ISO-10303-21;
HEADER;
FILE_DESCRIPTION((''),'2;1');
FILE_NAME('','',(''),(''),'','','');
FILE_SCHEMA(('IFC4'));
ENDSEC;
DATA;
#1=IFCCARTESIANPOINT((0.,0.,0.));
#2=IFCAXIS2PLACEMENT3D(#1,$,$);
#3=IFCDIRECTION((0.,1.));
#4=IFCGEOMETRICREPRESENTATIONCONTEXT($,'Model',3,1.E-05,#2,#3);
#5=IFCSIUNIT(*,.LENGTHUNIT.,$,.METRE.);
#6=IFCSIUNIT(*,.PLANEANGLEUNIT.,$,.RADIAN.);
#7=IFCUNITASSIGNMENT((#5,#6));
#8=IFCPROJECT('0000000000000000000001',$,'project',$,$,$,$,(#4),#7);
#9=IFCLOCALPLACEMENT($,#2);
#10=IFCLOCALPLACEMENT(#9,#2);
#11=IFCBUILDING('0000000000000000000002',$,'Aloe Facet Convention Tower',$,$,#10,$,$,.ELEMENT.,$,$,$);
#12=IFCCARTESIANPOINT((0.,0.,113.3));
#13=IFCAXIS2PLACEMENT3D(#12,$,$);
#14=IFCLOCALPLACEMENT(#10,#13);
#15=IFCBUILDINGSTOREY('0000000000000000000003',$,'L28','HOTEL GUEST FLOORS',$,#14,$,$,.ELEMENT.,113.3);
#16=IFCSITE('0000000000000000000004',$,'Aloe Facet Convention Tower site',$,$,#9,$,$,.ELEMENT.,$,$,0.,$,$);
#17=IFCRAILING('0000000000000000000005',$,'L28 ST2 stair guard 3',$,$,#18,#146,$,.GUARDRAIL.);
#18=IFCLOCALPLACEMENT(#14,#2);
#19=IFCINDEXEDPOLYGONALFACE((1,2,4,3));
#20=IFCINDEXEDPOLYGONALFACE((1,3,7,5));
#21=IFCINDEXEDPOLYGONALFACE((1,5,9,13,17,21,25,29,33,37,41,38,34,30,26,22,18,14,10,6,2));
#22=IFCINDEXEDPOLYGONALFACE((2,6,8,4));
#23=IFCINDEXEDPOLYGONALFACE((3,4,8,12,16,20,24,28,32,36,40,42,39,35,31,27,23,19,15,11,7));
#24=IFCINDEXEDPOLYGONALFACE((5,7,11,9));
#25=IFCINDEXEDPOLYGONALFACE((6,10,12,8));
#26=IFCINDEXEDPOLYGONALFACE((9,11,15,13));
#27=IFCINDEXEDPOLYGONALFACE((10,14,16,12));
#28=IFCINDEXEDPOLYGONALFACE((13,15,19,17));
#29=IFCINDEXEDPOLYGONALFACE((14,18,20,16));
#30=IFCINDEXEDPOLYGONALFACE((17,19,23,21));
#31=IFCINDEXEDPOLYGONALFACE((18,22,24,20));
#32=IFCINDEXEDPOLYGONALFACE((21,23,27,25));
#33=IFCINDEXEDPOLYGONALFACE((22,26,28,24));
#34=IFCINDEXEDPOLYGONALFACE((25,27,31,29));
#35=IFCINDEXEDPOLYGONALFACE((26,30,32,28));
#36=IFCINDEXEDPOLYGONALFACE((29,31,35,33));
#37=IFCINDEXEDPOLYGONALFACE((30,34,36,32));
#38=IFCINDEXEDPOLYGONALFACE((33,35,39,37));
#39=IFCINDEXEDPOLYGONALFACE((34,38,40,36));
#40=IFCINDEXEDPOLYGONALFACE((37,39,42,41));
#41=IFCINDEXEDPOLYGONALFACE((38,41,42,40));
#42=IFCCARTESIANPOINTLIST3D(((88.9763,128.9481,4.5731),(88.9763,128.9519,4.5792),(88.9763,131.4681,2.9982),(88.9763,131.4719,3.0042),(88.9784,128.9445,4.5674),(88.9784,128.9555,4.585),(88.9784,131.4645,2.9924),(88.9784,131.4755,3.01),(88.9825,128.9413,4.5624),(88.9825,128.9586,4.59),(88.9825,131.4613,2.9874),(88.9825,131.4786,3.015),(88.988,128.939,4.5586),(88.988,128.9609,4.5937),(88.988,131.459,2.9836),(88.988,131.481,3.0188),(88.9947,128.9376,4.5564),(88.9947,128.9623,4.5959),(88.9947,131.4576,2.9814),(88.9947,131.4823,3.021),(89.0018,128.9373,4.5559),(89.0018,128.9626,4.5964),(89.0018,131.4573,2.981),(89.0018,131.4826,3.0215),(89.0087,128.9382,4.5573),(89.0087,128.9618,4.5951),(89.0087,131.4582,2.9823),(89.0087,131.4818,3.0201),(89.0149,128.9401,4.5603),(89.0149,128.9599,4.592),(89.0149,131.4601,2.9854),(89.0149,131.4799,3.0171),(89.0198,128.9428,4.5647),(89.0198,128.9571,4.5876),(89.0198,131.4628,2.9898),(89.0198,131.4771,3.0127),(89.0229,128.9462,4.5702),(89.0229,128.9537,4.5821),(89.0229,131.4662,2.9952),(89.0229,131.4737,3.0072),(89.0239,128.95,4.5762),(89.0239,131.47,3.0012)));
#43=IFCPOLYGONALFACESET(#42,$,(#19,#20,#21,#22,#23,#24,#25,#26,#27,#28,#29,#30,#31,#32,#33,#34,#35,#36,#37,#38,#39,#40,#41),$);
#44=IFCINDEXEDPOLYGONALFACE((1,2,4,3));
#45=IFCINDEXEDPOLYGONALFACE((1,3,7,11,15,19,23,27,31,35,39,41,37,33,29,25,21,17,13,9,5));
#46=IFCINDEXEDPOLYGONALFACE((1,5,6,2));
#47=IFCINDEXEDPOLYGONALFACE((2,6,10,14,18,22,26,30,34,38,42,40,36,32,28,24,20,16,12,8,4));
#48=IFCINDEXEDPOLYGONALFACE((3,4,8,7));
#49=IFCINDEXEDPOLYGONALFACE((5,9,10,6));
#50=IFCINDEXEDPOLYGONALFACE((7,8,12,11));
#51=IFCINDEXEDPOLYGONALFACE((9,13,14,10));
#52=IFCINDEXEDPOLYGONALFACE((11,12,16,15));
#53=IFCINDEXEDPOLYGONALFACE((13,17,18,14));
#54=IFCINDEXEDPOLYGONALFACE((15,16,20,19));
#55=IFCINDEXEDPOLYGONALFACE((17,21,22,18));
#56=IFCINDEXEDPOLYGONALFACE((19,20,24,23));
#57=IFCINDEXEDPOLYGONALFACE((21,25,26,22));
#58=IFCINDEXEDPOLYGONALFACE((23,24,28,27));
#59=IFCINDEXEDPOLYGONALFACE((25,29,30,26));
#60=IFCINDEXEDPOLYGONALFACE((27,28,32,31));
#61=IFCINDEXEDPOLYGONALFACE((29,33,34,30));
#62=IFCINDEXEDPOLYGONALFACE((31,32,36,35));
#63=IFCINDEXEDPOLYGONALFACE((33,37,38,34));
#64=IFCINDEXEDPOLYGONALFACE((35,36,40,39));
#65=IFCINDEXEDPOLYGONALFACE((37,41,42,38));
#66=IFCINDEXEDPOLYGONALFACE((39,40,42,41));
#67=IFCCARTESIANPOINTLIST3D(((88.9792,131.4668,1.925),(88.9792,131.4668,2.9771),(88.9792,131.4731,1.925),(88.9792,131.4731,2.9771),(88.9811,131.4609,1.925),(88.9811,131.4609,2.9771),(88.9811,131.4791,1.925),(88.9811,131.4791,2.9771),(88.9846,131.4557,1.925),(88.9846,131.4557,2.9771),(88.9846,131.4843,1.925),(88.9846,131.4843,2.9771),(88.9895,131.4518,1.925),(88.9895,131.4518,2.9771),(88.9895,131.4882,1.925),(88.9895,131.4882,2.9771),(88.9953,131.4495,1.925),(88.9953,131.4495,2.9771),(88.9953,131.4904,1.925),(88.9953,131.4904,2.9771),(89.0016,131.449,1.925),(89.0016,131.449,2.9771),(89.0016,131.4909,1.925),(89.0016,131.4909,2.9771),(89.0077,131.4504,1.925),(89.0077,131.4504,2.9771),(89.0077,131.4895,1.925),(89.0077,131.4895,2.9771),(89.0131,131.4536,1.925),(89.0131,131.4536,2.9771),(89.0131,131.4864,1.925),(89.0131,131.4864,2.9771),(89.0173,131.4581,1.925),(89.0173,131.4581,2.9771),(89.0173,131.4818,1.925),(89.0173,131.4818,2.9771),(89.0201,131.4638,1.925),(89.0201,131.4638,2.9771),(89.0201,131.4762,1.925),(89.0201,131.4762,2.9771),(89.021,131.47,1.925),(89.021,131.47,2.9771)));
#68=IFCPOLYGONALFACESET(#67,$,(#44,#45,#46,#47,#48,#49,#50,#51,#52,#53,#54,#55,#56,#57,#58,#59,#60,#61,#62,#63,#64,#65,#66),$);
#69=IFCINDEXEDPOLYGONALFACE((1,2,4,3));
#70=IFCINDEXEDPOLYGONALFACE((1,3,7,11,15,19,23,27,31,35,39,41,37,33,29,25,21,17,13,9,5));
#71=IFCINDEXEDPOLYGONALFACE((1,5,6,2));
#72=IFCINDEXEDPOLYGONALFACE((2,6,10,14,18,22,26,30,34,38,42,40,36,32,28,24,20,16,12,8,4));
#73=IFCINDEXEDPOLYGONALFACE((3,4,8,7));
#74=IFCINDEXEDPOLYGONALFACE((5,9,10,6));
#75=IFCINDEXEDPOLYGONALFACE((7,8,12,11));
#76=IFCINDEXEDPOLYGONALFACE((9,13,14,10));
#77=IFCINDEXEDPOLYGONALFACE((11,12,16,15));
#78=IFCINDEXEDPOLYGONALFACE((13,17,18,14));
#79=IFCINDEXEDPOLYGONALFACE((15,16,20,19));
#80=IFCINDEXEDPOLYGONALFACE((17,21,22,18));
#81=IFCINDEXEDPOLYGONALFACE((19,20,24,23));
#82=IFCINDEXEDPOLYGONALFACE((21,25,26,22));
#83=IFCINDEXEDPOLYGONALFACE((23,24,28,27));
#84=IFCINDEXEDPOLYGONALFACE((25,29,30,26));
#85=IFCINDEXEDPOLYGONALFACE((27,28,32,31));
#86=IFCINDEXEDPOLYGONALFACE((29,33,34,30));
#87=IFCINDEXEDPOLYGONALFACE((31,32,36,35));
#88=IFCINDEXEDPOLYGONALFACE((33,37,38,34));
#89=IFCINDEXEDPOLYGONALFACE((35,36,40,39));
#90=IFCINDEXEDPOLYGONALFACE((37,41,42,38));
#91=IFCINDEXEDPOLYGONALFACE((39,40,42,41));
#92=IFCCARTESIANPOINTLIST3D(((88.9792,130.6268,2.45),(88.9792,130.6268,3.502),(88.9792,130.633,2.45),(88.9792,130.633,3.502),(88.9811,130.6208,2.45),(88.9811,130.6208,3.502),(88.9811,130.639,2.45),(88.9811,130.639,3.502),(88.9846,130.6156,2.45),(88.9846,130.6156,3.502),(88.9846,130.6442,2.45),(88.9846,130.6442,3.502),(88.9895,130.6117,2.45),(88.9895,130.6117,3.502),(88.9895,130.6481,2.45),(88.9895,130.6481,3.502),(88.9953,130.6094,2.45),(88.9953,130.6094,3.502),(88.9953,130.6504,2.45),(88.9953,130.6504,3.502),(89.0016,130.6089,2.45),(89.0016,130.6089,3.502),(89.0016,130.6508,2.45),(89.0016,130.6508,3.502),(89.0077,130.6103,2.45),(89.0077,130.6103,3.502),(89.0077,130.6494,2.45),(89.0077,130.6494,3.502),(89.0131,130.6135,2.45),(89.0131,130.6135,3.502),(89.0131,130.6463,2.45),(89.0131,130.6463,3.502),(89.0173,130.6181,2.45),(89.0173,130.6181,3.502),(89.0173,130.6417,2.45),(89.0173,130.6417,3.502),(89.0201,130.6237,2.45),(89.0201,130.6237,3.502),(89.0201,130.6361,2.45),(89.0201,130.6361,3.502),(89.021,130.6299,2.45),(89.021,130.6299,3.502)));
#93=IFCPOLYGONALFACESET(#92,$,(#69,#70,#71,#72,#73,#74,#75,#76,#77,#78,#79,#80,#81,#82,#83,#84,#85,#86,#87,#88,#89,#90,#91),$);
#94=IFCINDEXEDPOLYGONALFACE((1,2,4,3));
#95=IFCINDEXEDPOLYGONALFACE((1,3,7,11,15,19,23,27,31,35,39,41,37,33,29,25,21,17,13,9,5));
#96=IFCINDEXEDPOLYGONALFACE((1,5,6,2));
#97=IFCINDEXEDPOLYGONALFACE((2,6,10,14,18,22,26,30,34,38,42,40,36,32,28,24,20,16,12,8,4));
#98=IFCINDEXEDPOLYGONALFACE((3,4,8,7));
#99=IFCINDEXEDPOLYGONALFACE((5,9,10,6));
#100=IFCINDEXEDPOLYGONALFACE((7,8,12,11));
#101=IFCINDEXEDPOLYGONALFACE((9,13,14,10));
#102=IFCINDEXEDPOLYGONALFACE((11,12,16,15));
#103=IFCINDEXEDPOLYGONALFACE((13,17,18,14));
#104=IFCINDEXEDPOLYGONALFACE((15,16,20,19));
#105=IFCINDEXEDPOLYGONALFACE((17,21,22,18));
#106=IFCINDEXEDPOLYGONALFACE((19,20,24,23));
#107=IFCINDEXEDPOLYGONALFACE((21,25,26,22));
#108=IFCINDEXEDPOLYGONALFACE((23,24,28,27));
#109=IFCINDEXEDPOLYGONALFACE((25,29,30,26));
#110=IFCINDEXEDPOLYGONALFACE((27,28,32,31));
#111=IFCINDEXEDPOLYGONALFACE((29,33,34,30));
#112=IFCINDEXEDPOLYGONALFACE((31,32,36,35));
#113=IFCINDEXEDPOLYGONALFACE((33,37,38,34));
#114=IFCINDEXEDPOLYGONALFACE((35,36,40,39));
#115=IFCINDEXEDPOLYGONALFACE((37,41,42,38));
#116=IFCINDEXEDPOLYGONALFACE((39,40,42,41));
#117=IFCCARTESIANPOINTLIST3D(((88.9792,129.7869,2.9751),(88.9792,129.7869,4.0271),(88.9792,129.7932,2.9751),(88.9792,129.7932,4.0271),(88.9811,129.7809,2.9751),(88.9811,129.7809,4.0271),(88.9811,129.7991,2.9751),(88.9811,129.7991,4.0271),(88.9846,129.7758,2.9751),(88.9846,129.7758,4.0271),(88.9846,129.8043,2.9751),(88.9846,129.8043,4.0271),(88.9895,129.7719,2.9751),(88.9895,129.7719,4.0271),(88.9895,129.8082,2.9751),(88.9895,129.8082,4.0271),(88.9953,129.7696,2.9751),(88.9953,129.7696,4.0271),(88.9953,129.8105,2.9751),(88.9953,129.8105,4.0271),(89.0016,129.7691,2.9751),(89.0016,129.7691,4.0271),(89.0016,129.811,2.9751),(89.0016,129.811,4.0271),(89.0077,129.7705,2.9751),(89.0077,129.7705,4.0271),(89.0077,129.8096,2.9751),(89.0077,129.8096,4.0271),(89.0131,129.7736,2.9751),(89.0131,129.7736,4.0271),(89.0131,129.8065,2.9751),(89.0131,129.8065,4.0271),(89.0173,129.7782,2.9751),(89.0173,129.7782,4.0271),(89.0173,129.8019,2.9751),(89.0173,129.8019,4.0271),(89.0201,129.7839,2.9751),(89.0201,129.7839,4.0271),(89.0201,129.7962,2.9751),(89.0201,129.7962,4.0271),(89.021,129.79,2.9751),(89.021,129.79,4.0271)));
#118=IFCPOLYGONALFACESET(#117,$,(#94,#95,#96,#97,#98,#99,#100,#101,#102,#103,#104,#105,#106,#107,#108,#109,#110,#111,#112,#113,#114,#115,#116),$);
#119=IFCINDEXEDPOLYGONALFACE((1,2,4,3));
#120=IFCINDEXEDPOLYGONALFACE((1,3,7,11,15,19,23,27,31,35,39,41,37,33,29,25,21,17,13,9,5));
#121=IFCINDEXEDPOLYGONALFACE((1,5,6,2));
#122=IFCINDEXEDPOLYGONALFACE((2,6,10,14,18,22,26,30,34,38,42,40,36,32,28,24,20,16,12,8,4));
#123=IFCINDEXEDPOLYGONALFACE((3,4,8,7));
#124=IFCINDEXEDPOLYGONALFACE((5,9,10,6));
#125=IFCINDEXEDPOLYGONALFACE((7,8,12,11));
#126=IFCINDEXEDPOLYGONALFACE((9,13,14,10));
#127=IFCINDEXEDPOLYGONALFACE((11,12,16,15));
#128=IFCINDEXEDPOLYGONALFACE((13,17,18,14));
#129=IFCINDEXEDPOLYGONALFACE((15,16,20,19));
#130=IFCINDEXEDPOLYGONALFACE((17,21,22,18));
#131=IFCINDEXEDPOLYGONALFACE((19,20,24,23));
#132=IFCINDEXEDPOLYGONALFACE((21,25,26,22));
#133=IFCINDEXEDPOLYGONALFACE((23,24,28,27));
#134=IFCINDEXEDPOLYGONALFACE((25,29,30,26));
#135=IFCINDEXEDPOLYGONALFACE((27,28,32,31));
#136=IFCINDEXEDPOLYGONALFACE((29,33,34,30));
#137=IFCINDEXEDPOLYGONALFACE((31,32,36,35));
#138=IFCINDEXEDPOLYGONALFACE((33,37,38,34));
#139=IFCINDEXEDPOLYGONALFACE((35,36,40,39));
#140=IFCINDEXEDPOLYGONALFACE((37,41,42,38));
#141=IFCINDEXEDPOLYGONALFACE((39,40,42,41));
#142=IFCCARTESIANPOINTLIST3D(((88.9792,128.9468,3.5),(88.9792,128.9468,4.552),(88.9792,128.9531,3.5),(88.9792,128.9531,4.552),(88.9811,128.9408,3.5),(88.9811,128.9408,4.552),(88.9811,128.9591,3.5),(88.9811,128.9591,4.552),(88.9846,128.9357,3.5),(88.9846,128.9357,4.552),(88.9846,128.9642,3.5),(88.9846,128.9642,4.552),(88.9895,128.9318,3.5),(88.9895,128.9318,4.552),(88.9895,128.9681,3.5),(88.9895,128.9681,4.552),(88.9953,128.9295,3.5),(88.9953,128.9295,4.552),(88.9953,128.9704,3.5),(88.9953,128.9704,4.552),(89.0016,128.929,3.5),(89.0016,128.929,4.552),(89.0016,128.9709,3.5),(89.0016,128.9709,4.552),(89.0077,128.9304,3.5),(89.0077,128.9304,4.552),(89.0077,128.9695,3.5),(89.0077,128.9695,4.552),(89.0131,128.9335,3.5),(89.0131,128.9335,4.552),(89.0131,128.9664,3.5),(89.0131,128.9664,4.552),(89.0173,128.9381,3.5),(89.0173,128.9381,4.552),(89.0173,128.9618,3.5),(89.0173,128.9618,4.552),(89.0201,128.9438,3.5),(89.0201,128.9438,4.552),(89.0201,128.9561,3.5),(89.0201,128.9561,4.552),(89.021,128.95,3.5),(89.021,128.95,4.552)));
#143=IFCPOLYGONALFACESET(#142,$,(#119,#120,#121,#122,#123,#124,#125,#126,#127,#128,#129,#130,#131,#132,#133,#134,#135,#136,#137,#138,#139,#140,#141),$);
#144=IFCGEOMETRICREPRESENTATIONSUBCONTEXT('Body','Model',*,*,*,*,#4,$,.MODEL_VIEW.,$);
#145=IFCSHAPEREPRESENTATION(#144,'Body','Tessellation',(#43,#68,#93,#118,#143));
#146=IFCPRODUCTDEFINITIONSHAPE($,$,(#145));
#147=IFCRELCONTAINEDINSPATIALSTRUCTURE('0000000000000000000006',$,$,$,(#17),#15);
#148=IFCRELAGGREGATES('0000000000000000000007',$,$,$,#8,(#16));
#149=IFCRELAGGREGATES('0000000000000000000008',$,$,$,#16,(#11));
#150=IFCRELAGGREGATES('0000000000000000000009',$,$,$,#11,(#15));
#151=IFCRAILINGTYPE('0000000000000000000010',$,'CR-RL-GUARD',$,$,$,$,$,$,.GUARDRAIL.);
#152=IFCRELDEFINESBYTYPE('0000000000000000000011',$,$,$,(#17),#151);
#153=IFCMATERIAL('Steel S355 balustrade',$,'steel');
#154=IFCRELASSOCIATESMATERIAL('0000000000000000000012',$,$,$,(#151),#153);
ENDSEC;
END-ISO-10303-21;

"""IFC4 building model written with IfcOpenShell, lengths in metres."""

from ifc_helpers import new_model, si_unit, direction, frame, origin, origin_2d, place, context, subcontext, project, spatial, circle, extrude, material, type_object, element, save


model = new_model("IFC4")

# Units and contexts
model_context = context("Model", 3, precision=1e-05, world=origin(), true_north=direction((0.0, 1.0)))
body_context = subcontext(model_context, "Body", "Model", "MODEL_VIEW")
ifc_project = project(units=[si_unit("LENGTHUNIT", "METRE"), si_unit("PLANEANGLEUNIT", "RADIAN")], contexts=[model_context])

# Site, building, storey
site_placement = place(None, origin())
site = spatial("IfcSite", under=ifc_project, at=site_placement, Name="Aloe Facet Convention Tower site", CompositionType="ELEMENT", RefElevation=0.0)
building_placement = place(site_placement, origin())
building = spatial("IfcBuilding", under=site, at=building_placement, Name="Aloe Facet Convention Tower", CompositionType="ELEMENT")
storey_placement = place(building_placement, frame((0.0, 0.0, 113.3)))
storey = spatial("IfcBuildingStorey", under=building, at=storey_placement, Name="L28", Description="HOTEL GUEST FLOORS", CompositionType="ELEMENT", Elevation=113.3)

# Railing
ifc_material_1 = material(Name="Steel S355 balustrade", Category="steel")
railing_type_1 = type_object("IfcRailingType", Name="CR-RL-GUARD", PredefinedType="GUARDRAIL", material=ifc_material_1)
railing_1_placement = place(storey_placement, frame((89.0, 131.47, 1.925)))
element("IfcRailing", 1, at=railing_1_placement, inside=storey, type_object=railing_type_1, Name="L28 ST2 stair guard 3", PredefinedType="GUARDRAIL", context=body_context, shape_type="SweptSolid", body=[
    extrude(circle(Radius=0.0239, at=origin_2d()), frame((0.0, 0.0, 1.0762), z_axis=(0.0, -0.848008, 0.529984), x_axis=(1.0, 0.0, 0.0)), (0.0, 0.0, 1.0), 2.9717),
    extrude(circle(Radius=0.021, at=origin_2d()), origin(), (0.0, 0.0, 1.0), 1.052),
    extrude(circle(Radius=0.021, at=origin_2d()), frame((0.0, -0.8401, 0.5249)), (0.0, 0.0, 1.0), 1.052),
    extrude(circle(Radius=0.021, at=origin_2d()), frame((0.0, -1.6799, 1.05)), (0.0, 0.0, 1.0), 1.052),
    extrude(circle(Radius=0.021, at=origin_2d()), frame((0.0, -2.52, 1.575)), (0.0, 0.0, 1.0), 1.052),
])

save(model, "model.ifc")
